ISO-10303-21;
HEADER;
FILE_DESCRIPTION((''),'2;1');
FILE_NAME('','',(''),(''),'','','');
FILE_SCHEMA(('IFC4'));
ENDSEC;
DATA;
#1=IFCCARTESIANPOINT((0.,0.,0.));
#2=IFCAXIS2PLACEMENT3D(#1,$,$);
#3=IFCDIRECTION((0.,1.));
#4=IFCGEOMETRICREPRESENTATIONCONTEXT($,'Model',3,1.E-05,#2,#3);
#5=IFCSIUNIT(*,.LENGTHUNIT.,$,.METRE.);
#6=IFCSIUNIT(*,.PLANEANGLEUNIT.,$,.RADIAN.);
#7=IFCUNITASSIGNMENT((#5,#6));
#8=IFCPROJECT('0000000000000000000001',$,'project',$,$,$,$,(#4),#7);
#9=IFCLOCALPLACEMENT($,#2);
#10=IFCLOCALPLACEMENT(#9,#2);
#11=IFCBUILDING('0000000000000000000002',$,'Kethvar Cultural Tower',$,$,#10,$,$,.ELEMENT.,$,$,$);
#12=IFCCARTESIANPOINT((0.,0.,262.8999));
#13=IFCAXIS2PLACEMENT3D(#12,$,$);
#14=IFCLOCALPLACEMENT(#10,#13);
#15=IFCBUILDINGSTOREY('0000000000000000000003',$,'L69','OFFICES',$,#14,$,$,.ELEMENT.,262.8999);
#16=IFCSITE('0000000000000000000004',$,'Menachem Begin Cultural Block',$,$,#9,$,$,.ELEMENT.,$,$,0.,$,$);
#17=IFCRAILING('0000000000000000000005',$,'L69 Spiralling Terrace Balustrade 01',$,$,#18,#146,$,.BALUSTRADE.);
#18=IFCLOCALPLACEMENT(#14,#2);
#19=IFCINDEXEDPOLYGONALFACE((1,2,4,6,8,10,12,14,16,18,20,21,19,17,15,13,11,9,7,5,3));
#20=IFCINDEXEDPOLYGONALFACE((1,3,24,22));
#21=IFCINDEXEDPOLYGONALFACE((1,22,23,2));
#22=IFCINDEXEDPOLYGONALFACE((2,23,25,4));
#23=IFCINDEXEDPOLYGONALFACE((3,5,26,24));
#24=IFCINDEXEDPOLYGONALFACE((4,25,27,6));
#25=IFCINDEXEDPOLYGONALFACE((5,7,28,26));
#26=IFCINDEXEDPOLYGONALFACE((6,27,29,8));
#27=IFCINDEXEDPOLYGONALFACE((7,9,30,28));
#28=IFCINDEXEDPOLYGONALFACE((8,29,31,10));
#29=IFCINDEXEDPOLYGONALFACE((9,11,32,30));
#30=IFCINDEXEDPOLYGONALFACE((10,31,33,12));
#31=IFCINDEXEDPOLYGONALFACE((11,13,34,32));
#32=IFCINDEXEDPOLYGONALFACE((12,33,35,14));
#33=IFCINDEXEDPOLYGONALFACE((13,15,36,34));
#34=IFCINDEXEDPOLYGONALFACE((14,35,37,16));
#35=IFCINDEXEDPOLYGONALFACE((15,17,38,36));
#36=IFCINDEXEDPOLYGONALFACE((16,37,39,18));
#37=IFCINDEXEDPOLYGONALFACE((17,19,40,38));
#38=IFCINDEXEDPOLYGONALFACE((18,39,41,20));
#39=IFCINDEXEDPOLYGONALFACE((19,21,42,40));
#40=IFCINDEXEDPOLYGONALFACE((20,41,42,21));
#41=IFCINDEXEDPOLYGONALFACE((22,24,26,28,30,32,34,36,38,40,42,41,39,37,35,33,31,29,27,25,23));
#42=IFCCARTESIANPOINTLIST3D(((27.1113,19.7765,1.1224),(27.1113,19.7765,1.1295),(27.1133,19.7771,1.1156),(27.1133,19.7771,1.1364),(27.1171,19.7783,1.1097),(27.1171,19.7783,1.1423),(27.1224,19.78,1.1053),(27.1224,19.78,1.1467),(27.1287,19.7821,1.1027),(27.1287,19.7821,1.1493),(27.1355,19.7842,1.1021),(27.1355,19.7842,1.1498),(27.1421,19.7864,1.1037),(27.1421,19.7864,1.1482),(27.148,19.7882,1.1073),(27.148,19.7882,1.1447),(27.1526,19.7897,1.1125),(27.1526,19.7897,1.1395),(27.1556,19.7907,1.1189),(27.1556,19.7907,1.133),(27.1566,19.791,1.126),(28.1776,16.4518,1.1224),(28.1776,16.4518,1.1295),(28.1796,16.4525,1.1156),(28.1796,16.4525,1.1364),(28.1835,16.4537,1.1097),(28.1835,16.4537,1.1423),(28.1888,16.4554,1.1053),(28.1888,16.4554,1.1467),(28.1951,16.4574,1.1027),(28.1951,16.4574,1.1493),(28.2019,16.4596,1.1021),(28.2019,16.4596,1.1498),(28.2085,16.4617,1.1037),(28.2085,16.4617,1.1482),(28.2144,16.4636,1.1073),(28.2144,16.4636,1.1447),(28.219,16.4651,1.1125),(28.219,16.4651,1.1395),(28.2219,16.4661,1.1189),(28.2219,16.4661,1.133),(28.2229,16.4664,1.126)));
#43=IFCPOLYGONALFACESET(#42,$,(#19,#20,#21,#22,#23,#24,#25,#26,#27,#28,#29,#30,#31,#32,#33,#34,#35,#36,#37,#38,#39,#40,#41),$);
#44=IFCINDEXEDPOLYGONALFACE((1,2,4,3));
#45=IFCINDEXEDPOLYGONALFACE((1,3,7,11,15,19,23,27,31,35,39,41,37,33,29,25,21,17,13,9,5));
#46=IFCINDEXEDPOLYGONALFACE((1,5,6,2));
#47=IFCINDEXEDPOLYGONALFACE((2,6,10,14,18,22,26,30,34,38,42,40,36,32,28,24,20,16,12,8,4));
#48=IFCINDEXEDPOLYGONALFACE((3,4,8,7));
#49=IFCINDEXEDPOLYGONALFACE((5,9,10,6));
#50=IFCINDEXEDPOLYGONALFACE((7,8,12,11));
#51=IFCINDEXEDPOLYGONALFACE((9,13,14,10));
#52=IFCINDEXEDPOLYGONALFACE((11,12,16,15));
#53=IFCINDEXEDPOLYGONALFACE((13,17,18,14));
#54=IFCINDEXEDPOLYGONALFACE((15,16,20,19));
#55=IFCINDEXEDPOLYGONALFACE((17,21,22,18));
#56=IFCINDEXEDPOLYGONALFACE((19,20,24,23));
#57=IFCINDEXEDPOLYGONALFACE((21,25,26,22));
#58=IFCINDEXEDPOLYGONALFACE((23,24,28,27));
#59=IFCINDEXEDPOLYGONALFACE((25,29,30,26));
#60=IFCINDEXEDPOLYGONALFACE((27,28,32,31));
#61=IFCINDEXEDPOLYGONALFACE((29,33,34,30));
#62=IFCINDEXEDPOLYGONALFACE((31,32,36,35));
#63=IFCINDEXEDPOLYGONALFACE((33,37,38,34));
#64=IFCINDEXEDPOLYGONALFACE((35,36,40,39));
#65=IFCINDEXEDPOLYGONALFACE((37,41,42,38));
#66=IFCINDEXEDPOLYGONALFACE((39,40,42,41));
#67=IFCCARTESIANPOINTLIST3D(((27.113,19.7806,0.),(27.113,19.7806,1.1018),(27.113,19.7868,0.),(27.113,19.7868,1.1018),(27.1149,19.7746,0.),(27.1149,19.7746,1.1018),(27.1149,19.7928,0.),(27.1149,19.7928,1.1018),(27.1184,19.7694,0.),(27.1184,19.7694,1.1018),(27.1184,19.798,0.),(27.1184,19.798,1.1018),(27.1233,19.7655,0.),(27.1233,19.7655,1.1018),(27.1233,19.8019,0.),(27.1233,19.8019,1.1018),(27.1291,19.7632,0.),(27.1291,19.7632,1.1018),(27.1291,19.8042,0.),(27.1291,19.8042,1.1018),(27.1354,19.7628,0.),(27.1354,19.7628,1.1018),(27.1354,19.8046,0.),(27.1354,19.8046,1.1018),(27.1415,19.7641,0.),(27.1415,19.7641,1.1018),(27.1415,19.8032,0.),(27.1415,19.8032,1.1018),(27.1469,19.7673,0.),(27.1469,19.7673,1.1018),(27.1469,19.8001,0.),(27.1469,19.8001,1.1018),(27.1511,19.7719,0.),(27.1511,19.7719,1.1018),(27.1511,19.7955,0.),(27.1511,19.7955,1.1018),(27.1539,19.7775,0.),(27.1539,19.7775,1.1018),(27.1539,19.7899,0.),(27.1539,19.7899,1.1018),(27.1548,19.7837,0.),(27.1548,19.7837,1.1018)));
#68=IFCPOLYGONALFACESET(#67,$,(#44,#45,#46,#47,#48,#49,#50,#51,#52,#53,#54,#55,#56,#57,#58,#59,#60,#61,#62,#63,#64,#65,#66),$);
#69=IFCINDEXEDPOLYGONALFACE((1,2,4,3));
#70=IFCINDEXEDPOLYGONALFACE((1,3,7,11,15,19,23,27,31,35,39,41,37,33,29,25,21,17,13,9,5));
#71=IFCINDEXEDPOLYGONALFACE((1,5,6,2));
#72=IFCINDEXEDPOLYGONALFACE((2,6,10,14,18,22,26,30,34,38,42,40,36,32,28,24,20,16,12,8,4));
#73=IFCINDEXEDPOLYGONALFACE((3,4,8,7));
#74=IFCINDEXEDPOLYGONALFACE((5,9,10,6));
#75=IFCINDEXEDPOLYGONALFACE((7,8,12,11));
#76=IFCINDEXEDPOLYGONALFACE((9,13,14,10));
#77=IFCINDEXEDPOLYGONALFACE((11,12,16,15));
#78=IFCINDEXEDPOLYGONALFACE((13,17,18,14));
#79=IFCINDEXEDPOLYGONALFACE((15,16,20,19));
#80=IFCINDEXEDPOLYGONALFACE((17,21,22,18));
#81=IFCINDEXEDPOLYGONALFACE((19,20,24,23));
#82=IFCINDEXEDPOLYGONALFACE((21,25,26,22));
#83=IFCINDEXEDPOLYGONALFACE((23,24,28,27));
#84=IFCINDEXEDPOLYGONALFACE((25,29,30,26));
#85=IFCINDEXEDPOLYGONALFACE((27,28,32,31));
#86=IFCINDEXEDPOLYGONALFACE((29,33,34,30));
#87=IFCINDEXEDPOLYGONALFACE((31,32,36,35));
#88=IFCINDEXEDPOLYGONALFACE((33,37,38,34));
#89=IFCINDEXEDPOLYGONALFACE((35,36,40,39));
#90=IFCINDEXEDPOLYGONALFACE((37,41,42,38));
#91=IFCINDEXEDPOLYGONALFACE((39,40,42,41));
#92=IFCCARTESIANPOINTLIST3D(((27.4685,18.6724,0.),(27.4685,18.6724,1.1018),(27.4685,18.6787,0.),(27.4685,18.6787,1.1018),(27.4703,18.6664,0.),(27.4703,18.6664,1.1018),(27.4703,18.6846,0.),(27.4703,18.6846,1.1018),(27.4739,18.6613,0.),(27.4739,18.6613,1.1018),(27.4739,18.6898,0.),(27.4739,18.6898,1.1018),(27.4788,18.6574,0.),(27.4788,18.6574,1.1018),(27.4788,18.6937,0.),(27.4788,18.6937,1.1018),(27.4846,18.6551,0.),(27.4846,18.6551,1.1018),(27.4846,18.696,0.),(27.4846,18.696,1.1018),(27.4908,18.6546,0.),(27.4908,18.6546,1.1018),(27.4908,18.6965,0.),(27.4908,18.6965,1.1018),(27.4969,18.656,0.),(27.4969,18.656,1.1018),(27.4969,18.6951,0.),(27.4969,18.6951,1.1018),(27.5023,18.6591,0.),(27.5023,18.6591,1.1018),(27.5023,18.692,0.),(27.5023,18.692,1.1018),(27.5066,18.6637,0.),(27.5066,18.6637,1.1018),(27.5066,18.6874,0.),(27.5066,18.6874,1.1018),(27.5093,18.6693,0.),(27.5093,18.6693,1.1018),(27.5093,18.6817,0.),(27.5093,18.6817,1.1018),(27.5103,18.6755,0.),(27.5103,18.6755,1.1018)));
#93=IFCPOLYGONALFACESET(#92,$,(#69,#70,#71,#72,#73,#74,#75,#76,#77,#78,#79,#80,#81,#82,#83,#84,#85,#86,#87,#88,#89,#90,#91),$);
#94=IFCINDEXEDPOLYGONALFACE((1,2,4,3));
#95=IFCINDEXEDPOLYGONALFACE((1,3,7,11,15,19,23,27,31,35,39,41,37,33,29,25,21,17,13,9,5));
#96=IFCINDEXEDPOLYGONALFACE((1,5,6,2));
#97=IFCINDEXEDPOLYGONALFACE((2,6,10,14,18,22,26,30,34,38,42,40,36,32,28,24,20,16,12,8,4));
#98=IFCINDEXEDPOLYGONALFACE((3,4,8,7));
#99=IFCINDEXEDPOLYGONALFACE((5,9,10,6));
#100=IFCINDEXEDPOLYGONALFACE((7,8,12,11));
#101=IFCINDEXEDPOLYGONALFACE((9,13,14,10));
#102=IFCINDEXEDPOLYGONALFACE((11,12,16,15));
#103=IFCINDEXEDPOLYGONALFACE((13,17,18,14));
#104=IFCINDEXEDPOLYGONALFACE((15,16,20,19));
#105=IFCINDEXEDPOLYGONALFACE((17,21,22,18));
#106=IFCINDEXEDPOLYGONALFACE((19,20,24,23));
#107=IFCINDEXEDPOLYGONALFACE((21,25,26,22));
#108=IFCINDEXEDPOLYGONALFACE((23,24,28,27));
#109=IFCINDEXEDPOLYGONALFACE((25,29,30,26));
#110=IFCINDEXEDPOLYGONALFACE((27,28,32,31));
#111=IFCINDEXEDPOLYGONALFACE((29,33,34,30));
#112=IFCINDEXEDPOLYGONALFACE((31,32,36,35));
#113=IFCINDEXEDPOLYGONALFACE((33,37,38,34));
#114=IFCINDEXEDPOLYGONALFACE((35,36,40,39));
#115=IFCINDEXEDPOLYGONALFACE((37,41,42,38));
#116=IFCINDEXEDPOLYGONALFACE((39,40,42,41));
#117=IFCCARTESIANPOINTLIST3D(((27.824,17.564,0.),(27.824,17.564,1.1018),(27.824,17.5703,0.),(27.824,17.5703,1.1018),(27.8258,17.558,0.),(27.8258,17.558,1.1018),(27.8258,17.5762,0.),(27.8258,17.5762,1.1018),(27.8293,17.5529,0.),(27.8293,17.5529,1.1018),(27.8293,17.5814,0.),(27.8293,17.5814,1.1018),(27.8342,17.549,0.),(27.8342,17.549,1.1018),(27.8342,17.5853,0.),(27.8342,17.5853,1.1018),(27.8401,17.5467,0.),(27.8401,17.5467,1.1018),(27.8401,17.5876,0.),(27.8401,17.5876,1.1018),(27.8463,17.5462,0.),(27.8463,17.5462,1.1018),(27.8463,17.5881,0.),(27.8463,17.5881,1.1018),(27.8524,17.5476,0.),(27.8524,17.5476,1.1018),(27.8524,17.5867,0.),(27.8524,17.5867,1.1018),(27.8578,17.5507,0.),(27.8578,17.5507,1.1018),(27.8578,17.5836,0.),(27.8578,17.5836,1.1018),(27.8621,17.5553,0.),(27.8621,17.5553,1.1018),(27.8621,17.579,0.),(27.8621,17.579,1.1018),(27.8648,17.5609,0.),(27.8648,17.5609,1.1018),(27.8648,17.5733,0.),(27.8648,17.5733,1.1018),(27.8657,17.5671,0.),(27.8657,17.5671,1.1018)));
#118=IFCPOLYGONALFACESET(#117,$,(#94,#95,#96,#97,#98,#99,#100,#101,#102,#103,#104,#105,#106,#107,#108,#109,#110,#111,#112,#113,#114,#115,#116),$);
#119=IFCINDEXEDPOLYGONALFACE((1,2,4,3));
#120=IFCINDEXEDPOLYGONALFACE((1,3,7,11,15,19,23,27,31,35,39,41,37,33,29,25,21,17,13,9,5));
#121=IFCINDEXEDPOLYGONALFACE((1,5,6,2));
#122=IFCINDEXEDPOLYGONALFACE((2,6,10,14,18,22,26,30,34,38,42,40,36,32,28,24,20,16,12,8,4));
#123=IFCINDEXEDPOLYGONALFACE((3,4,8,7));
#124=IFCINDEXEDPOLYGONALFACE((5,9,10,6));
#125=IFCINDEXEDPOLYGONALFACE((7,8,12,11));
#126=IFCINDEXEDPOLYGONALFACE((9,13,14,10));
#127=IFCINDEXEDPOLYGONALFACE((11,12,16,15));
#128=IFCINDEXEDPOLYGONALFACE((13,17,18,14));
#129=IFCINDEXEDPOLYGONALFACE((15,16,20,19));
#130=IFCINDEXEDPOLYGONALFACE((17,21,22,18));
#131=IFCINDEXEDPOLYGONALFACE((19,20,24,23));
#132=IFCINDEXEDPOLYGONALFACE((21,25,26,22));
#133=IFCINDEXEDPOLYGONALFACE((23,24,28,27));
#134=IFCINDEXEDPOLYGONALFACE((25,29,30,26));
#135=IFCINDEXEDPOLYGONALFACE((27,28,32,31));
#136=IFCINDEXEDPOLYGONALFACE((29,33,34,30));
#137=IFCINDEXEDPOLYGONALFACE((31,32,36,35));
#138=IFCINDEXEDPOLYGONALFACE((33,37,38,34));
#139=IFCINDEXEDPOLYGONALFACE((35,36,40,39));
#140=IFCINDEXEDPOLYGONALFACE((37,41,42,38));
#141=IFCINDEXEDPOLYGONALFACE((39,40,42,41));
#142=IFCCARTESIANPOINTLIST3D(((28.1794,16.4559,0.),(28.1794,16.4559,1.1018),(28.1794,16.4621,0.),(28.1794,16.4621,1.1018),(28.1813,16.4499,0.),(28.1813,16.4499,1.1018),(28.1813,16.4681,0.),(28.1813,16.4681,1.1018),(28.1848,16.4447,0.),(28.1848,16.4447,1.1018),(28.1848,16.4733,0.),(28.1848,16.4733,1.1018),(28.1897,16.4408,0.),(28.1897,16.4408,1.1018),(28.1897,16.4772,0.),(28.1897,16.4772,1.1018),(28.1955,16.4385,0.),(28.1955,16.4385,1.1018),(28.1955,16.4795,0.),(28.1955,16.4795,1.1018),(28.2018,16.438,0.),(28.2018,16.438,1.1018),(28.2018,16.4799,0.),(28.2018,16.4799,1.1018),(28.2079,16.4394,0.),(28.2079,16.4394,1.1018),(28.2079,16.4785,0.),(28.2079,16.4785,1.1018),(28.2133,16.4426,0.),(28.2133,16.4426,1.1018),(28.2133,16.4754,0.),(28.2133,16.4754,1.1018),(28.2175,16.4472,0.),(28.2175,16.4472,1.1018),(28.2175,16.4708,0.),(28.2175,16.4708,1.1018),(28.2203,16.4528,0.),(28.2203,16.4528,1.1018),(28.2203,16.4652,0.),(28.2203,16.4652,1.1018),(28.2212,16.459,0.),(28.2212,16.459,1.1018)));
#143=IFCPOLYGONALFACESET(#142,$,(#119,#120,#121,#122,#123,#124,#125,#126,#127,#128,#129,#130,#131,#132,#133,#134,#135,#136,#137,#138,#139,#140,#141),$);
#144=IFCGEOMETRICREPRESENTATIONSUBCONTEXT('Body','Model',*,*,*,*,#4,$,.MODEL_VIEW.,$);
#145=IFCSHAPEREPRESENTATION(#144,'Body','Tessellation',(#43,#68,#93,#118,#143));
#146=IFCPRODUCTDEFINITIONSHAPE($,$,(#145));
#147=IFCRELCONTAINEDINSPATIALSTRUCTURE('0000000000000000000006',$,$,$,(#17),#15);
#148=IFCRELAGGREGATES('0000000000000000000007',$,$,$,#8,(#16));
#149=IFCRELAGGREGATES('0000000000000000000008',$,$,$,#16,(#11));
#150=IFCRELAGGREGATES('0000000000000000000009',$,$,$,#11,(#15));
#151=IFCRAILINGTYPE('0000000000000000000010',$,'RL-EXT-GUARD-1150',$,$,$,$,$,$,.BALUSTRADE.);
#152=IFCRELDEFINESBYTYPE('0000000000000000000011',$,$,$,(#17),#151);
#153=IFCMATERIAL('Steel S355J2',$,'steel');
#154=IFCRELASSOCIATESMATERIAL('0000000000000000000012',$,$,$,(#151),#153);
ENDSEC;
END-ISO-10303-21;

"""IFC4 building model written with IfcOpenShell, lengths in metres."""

from ifc_helpers import new_model, si_unit, direction, frame, origin, origin_2d, place, context, subcontext, project, spatial, circle, extrude, material, type_object, element, save


model = new_model("IFC4")

# Units and contexts
model_context = context("Model", 3, precision=1e-05, world=origin(), true_north=direction((0.0, 1.0)))
body_context = subcontext(model_context, "Body", "Model", "MODEL_VIEW")
ifc_project = project(units=[si_unit("LENGTHUNIT", "METRE"), si_unit("PLANEANGLEUNIT", "RADIAN")], contexts=[model_context])

# Site, building, storey
site_placement = place(None, origin())
site = spatial("IfcSite", under=ifc_project, at=site_placement, Name="Menachem Begin Cultural Block", CompositionType="ELEMENT", RefElevation=0.0)
building_placement = place(site_placement, origin())
building = spatial("IfcBuilding", under=site, at=building_placement, Name="Kethvar Cultural Tower", CompositionType="ELEMENT")
storey_placement = place(building_placement, frame((0.0, 0.0, 262.8999)))
storey = spatial("IfcBuildingStorey", under=building, at=storey_placement, Name="L69", Description="OFFICES", CompositionType="ELEMENT", Elevation=262.8999)

# Shared definitions
ifc_material_1 = material(Name="Steel S355J2", Category="steel")

# Railing
railing_type = type_object("IfcRailingType", Name="RL-EXT-GUARD-1150", PredefinedType="BALUSTRADE", material=ifc_material_1)
railing_1_placement = place(storey_placement, frame((27.1338, 19.7837, 0.0)))
element("IfcRailing", 1, at=railing_1_placement, inside=storey, type_object=railing_type, Name="L69 Spiralling Terrace Balustrade 01", PredefinedType="BALUSTRADE", context=body_context, shape_type="SweptSolid", body=[
    extrude(circle(Radius=0.0239, at=origin_2d()), frame((0.0, 0.0, 1.126), z_axis=(0.305425, -0.952216, 0.0), x_axis=(0.952216, 0.305425, 0.0)), (0.0, 0.0, 1.0), 3.4915),
    extrude(circle(Radius=0.021, at=origin_2d()), origin(), (0.0, 0.0, 1.0), 1.1018),
    extrude(circle(Radius=0.021, at=origin_2d()), frame((0.3555, -1.1082, 0.0)), (0.0, 0.0, 1.0), 1.1018),
    extrude(circle(Radius=0.021, at=origin_2d()), frame((0.7109, -2.2166, 0.0)), (0.0, 0.0, 1.0), 1.1018),
    extrude(circle(Radius=0.021, at=origin_2d()), frame((1.0664, -3.3247, 0.0)), (0.0, 0.0, 1.0), 1.1018),
])

save(model, "model.ifc")
